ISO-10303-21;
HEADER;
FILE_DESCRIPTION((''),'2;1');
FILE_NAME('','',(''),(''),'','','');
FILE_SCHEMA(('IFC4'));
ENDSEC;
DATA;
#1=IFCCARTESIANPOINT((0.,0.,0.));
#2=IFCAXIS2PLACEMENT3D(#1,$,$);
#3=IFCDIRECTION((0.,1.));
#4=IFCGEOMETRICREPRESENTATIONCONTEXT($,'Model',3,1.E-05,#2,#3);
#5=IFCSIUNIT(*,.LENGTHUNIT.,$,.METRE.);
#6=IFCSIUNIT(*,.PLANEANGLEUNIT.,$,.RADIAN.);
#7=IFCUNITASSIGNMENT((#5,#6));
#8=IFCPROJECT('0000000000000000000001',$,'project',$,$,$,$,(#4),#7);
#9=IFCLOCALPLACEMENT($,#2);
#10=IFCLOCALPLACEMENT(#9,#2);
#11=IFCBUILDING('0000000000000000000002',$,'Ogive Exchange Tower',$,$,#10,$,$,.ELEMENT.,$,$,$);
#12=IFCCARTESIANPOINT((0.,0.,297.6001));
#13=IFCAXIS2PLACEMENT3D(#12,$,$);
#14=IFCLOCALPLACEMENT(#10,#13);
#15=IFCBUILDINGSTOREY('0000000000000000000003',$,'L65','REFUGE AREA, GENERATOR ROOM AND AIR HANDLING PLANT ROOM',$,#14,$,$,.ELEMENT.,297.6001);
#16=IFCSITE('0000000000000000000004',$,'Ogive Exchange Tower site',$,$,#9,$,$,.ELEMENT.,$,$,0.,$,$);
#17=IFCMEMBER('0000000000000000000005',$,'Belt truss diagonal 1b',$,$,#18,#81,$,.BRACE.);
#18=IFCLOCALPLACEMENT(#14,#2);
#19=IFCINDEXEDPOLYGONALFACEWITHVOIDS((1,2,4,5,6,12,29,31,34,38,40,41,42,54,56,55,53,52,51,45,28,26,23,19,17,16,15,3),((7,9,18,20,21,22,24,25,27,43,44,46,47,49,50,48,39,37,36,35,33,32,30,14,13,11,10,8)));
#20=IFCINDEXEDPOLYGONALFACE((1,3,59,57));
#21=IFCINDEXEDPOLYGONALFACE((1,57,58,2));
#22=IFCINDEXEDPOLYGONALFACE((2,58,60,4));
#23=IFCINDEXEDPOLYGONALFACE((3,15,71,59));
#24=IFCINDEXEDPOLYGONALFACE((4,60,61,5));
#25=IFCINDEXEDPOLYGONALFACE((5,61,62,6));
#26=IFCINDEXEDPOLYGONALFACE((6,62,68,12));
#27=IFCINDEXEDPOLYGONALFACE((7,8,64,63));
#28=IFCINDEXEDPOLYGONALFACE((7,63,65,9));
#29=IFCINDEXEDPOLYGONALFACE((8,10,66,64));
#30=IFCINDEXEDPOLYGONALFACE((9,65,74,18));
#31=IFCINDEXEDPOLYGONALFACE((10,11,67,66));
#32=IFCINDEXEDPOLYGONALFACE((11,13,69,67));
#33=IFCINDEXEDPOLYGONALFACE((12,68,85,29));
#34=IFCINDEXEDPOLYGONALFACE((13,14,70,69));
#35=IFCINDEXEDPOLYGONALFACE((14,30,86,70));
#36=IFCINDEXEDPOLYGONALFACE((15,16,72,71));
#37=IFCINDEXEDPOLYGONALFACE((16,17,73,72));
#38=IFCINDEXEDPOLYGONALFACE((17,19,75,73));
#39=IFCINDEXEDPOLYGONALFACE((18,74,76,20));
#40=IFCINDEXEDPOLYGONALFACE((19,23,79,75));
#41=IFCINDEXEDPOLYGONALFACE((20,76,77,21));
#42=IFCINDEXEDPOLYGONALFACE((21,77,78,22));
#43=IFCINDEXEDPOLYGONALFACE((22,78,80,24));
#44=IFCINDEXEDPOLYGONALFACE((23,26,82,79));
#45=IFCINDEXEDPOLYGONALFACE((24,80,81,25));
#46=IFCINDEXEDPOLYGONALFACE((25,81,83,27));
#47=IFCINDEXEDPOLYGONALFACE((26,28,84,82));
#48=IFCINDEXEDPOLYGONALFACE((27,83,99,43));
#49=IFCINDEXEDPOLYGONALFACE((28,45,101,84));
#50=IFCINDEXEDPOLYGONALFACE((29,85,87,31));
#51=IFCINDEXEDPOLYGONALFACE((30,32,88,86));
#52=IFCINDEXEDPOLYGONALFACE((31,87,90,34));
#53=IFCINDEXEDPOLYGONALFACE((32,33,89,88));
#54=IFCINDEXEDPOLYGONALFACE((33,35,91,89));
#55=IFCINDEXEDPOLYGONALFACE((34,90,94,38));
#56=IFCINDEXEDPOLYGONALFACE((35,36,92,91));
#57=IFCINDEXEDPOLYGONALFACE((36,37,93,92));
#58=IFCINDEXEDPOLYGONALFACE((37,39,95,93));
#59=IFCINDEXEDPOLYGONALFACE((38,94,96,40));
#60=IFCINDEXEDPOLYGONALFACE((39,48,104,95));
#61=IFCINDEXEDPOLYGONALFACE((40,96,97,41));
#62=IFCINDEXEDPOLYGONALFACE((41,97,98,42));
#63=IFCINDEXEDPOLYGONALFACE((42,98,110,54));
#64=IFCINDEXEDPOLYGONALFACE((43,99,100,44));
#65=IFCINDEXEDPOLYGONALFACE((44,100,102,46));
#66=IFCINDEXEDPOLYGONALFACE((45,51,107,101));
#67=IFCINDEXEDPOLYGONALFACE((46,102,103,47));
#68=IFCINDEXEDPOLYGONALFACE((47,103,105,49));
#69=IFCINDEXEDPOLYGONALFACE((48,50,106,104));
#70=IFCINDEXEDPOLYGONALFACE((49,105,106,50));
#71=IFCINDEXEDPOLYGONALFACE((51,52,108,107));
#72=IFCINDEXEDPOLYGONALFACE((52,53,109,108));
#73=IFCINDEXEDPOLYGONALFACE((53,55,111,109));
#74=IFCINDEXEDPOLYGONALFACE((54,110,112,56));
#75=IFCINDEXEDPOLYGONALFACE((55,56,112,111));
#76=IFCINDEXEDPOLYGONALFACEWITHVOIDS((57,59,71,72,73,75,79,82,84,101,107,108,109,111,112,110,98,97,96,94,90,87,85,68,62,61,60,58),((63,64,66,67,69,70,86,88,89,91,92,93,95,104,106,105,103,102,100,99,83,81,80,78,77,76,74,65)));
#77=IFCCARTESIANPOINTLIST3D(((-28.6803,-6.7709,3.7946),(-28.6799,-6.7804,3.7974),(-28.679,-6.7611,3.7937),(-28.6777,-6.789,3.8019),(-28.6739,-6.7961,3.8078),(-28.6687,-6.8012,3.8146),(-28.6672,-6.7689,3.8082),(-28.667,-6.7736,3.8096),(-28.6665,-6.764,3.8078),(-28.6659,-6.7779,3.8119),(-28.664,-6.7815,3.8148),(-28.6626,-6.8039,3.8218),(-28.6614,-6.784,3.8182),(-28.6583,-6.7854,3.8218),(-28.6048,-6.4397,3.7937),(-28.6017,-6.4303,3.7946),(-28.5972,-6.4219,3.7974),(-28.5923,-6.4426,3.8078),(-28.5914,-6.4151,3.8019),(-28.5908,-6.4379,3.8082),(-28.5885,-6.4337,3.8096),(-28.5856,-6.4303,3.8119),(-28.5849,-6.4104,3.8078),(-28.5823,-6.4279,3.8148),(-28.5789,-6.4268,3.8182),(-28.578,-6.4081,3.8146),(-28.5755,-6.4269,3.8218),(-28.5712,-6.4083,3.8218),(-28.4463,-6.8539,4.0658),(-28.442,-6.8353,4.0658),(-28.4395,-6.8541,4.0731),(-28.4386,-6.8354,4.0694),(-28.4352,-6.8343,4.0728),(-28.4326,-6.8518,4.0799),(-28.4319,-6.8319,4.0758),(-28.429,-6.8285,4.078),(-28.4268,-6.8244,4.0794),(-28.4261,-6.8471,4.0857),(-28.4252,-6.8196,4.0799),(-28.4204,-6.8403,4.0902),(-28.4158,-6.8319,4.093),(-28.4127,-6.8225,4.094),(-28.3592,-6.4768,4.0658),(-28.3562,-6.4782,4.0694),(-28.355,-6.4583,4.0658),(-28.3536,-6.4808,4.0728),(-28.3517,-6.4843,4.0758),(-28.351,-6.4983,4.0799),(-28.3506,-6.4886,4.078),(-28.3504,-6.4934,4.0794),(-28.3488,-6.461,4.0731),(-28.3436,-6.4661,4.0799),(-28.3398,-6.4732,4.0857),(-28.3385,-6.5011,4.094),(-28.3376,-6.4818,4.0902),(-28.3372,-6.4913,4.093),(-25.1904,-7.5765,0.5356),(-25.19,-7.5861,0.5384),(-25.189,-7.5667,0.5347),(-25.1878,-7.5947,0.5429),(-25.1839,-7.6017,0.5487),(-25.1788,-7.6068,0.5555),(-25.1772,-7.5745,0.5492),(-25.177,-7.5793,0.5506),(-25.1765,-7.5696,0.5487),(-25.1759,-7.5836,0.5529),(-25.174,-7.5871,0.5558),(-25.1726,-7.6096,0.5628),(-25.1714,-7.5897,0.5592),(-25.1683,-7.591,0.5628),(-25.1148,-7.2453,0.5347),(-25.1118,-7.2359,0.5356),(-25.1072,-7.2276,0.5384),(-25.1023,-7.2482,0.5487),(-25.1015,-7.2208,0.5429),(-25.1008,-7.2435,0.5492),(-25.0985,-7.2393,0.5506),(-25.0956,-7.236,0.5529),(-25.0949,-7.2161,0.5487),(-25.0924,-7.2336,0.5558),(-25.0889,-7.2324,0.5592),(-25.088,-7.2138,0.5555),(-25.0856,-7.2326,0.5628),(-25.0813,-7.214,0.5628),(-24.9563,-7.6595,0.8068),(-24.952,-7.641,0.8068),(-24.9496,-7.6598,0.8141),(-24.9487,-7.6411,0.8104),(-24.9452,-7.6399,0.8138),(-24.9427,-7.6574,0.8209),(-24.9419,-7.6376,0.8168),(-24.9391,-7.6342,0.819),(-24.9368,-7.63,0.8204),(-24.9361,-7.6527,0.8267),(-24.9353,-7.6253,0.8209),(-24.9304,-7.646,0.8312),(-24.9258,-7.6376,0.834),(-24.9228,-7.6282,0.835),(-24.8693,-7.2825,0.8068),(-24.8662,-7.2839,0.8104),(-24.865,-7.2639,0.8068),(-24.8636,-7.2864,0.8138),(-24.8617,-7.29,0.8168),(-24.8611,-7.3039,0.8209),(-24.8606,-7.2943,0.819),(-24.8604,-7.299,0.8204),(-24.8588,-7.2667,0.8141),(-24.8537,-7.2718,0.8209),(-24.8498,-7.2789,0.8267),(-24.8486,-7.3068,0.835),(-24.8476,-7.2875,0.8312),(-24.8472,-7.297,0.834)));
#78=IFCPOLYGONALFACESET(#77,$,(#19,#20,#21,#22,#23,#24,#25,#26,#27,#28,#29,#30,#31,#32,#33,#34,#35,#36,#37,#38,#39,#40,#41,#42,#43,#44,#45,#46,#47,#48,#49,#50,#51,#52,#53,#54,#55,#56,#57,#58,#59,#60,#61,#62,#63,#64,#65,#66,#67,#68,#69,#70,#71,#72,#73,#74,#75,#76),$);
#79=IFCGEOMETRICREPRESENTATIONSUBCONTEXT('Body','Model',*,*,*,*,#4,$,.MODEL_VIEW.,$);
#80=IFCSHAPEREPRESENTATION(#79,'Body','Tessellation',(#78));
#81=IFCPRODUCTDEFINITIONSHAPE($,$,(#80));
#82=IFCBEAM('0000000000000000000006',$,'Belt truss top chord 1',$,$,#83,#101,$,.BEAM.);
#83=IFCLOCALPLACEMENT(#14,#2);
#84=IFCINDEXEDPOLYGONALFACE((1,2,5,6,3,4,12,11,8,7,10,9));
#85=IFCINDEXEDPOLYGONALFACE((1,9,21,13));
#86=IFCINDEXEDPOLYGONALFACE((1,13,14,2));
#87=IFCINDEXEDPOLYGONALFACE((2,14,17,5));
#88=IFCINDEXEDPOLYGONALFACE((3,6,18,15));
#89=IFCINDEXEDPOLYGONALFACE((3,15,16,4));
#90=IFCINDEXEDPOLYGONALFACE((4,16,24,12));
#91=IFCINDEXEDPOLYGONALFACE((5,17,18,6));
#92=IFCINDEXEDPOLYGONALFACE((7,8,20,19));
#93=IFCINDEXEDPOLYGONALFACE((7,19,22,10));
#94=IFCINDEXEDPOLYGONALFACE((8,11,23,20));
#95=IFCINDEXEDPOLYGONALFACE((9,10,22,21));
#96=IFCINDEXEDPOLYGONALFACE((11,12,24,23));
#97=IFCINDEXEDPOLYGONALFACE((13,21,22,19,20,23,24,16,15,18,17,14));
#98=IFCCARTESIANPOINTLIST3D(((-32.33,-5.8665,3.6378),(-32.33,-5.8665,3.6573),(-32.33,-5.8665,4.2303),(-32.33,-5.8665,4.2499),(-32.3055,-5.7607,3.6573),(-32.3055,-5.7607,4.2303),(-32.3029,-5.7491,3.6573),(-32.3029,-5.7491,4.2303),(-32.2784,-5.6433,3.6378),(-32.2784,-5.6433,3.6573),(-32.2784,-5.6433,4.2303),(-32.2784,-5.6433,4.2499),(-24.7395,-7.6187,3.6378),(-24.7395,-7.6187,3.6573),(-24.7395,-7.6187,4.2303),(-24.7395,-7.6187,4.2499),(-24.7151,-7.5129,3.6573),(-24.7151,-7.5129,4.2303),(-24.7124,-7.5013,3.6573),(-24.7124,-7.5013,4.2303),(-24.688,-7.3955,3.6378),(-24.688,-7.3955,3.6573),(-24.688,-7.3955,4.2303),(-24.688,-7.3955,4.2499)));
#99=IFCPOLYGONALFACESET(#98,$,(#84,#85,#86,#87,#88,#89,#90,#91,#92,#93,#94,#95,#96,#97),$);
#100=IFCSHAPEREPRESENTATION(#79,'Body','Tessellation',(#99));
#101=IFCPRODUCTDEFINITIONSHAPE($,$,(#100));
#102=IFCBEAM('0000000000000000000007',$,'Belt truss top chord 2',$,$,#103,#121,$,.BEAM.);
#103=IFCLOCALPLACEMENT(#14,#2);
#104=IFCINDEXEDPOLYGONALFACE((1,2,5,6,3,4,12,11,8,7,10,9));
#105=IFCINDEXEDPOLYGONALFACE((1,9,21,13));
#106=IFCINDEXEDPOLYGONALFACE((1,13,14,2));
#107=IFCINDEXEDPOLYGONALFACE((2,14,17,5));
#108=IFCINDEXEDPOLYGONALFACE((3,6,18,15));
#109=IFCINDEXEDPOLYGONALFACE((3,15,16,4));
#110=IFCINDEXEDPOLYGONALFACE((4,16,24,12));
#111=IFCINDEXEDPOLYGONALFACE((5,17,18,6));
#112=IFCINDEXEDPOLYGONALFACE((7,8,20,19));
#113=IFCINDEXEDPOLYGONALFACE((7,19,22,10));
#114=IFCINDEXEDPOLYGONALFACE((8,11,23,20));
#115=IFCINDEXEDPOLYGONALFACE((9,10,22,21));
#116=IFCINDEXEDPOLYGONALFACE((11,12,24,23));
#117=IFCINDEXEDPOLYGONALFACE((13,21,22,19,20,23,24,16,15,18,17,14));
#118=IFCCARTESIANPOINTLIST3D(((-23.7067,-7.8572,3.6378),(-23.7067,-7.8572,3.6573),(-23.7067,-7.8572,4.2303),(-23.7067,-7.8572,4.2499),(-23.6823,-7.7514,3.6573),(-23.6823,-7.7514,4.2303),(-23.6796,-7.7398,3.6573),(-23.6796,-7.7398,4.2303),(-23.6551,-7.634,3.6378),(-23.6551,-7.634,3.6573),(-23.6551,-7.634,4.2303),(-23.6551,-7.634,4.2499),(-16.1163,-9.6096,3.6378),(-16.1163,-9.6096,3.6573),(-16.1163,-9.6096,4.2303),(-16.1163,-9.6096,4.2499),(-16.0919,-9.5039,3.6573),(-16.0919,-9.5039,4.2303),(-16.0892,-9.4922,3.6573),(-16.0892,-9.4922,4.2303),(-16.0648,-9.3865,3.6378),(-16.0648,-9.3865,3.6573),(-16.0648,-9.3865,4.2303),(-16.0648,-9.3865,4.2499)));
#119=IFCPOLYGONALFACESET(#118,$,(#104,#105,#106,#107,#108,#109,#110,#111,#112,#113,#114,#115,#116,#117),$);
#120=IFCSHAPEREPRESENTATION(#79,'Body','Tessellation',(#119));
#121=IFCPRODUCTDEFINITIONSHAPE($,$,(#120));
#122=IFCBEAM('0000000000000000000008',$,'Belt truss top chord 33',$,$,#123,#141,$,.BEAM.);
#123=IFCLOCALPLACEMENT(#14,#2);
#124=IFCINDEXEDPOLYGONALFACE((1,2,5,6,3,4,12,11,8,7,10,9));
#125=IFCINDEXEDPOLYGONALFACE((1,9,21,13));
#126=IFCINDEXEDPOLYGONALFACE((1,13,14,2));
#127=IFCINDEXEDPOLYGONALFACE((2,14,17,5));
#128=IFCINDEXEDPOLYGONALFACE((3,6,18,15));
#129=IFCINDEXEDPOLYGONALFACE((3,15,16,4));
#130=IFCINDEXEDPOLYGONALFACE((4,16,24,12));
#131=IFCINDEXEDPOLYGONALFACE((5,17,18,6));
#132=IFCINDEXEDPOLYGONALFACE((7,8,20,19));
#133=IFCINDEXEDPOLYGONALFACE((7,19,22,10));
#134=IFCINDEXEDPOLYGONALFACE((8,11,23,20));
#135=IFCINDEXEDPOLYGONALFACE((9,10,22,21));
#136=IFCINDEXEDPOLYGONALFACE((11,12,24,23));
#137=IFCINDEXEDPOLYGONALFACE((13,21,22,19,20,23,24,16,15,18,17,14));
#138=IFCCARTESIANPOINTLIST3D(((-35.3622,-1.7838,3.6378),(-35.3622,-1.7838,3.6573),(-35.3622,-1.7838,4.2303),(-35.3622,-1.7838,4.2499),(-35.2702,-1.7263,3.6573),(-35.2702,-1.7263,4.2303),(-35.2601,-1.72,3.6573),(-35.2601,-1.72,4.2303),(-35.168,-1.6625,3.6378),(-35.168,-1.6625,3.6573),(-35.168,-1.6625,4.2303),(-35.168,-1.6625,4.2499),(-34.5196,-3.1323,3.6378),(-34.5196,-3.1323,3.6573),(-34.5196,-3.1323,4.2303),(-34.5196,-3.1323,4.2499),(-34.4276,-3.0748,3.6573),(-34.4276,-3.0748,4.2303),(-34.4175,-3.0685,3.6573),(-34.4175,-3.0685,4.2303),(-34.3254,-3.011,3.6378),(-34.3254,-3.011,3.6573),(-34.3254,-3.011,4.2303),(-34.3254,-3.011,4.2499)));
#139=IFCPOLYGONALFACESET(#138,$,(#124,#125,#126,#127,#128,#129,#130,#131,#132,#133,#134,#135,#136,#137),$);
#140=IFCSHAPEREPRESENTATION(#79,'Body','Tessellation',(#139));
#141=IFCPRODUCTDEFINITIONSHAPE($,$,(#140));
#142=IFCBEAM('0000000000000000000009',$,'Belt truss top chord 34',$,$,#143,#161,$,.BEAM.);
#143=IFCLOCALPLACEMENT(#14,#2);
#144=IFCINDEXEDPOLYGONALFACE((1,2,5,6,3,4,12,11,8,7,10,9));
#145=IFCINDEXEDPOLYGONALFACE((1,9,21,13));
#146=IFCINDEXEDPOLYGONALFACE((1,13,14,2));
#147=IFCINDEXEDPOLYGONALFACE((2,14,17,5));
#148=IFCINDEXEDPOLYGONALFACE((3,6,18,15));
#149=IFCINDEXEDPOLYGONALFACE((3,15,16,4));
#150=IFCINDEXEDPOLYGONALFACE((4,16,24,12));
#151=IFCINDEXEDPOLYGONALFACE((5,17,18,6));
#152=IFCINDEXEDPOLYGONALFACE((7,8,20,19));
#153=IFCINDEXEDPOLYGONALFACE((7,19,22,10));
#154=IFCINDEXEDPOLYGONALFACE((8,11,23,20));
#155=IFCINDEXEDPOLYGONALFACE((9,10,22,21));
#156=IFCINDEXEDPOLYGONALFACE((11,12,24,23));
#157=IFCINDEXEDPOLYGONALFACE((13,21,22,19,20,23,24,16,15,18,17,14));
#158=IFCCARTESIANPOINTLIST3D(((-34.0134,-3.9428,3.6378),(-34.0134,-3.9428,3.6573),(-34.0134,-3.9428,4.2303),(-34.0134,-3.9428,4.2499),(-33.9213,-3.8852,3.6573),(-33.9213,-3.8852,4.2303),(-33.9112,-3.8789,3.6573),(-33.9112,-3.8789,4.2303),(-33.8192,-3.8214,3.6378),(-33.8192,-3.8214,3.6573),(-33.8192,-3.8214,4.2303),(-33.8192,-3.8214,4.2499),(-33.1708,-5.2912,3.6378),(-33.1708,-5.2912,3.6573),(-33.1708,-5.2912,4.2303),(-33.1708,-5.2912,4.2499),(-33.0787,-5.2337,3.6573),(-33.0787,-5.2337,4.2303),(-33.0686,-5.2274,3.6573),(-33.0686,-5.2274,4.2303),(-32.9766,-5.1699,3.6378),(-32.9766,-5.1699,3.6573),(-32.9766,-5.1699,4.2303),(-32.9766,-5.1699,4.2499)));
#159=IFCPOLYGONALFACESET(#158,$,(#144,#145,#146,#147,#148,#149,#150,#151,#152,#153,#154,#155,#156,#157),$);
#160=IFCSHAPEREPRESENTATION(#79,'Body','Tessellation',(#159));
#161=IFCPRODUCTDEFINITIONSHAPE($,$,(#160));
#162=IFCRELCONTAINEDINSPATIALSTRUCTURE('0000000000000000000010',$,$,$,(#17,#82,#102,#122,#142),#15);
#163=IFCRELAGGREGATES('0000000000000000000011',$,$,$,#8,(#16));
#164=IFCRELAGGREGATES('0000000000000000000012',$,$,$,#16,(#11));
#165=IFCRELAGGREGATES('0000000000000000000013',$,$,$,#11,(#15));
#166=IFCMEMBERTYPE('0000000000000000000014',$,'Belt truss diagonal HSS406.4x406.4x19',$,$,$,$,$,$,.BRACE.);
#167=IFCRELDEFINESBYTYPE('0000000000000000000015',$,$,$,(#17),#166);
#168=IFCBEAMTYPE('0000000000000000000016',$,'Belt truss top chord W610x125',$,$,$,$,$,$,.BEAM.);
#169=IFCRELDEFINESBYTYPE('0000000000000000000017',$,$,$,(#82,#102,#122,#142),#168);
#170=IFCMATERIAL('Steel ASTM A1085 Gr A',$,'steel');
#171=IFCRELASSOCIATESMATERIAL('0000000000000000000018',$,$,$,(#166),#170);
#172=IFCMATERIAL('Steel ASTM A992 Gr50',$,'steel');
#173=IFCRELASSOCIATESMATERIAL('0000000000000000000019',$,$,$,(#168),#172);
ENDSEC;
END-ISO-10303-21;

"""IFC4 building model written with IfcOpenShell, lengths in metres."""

from ifc_helpers import new_model, si_unit, direction, frame, origin, origin_2d, place, context, subcontext, project, spatial, hollow_rectangle, i_section, extrude, material, material_profile, profile_set, type_object, element, save


model = new_model("IFC4")

# Units and contexts
model_context = context("Model", 3, precision=1e-05, world=origin(), true_north=direction((0.0, 1.0)))
body_context = subcontext(model_context, "Body", "Model", "MODEL_VIEW")
ifc_project = project(units=[si_unit("LENGTHUNIT", "METRE"), si_unit("PLANEANGLEUNIT", "RADIAN")], contexts=[model_context])

# Site, building, storey
site_placement = place(None, origin())
site = spatial("IfcSite", under=ifc_project, at=site_placement, Name="Ogive Exchange Tower site", CompositionType="ELEMENT", RefElevation=0.0)
building_placement = place(site_placement, origin())
building = spatial("IfcBuilding", under=site, at=building_placement, Name="Ogive Exchange Tower", CompositionType="ELEMENT")
storey_placement = place(building_placement, frame((0.0, 0.0, 297.6001)))
storey = spatial("IfcBuildingStorey", under=building, at=storey_placement, Name="L65", Description="REFUGE AREA, GENERATOR ROOM AND AIR HANDLING PLANT ROOM", CompositionType="ELEMENT", Elevation=297.6001)

# Shared definitions
ifc_material_1 = material(Name="Steel ASTM A992 Gr50", Category="steel")

# Member
ifc_material_2 = material(Name="Steel ASTM A1085 Gr A", Category="steel")
ifc_material_profile_1 = material_profile(ifc_material_2, hollow_rectangle(XDim=0.406, YDim=0.406, WallThickness=0.019, InnerFilletRadius=0.019, OuterFilletRadius=0.0381, at=origin_2d()), Name="HSS406.4x406.4x19")
ifc_profile_set_1 = profile_set([ifc_material_profile_1], Name="Steel ASTM A1085 Gr A")
member_type_1 = type_object("IfcMemberType", Name="Belt truss diagonal HSS406.4x406.4x19", PredefinedType="BRACE", material=ifc_profile_set_1)
member_1_placement = place(storey_placement, frame((-25.0188, -7.4368, 0.6848), z_axis=(-0.720691, 0.166371, 0.672997), x_axis=(-0.224934, -0.974374, 0.0)))
element("IfcMember", 1, at=member_1_placement, inside=storey, type_object=member_type_1, Name="Belt truss diagonal 1b", PredefinedType="BRACE", context=body_context, shape_type="SweptSolid", body=[
    extrude(hollow_rectangle(XDim=0.406, YDim=0.406, WallThickness=0.019, InnerFilletRadius=0.019, OuterFilletRadius=0.0381, at=origin_2d()), origin(), (0.0, 0.0, 1.0), 4.8425),
])

# Beams
ifc_material_profile_2 = material_profile(ifc_material_1, i_section(OverallWidth=0.229, OverallDepth=0.6121, WebThickness=0.012, FlangeThickness=0.0195, at=origin_2d()), Name="W610x125")
ifc_profile_set_2 = profile_set([ifc_material_profile_2], Name="Steel ASTM A992 Gr50")
beam_type_1 = type_object("IfcBeamType", Name="Belt truss top chord W610x125", PredefinedType="BEAM", material=ifc_profile_set_2)
for number, where, z_axis, x_axis, name in (
    (2, (-32.3042, -5.7549, 3.9438), (0.974375, -0.22493, 0.0), (0.22493, 0.974375, 0.0), "Belt truss top chord 1"),
    (3, (-23.6809, -7.7456, 3.9438), (0.974368, -0.22496, 0.0), (0.22496, 0.974368, 0.0), "Belt truss top chord 2"),
):
    element("IfcBeam", number, at=place(storey_placement, frame(where, z_axis=z_axis, x_axis=x_axis)), inside=storey, type_object=beam_type_1, Name=name, PredefinedType="BEAM", context=body_context, shape_type="SweptSolid", body=[
        extrude(i_section(OverallWidth=0.229, OverallDepth=0.6121, WebThickness=0.012, FlangeThickness=0.0195, at=origin_2d()), origin(), (0.0, 0.0, 1.0), 7.79),
    ])
for number, where, z_axis, x_axis, name in (
    (4, (-35.2651, -1.7231, 3.9438), (0.529902, -0.848059, 0.0), (0.848059, 0.529902, 0.0), "Belt truss top chord 33"),
    (5, (-33.9163, -3.8821, 3.9438), (0.529902, -0.848059, 0.0), (0.848059, 0.529902, 0.0), "Belt truss top chord 34"),
):
    element("IfcBeam", number, at=place(storey_placement, frame(where, z_axis=z_axis, x_axis=x_axis)), inside=storey, type_object=beam_type_1, Name=name, PredefinedType="BEAM", context=body_context, shape_type="SweptSolid", body=[
        extrude(i_section(OverallWidth=0.229, OverallDepth=0.6121, WebThickness=0.012, FlangeThickness=0.0195, at=origin_2d()), origin(), (0.0, 0.0, 1.0), 1.5901),
    ])

save(model, "model.ifc")
